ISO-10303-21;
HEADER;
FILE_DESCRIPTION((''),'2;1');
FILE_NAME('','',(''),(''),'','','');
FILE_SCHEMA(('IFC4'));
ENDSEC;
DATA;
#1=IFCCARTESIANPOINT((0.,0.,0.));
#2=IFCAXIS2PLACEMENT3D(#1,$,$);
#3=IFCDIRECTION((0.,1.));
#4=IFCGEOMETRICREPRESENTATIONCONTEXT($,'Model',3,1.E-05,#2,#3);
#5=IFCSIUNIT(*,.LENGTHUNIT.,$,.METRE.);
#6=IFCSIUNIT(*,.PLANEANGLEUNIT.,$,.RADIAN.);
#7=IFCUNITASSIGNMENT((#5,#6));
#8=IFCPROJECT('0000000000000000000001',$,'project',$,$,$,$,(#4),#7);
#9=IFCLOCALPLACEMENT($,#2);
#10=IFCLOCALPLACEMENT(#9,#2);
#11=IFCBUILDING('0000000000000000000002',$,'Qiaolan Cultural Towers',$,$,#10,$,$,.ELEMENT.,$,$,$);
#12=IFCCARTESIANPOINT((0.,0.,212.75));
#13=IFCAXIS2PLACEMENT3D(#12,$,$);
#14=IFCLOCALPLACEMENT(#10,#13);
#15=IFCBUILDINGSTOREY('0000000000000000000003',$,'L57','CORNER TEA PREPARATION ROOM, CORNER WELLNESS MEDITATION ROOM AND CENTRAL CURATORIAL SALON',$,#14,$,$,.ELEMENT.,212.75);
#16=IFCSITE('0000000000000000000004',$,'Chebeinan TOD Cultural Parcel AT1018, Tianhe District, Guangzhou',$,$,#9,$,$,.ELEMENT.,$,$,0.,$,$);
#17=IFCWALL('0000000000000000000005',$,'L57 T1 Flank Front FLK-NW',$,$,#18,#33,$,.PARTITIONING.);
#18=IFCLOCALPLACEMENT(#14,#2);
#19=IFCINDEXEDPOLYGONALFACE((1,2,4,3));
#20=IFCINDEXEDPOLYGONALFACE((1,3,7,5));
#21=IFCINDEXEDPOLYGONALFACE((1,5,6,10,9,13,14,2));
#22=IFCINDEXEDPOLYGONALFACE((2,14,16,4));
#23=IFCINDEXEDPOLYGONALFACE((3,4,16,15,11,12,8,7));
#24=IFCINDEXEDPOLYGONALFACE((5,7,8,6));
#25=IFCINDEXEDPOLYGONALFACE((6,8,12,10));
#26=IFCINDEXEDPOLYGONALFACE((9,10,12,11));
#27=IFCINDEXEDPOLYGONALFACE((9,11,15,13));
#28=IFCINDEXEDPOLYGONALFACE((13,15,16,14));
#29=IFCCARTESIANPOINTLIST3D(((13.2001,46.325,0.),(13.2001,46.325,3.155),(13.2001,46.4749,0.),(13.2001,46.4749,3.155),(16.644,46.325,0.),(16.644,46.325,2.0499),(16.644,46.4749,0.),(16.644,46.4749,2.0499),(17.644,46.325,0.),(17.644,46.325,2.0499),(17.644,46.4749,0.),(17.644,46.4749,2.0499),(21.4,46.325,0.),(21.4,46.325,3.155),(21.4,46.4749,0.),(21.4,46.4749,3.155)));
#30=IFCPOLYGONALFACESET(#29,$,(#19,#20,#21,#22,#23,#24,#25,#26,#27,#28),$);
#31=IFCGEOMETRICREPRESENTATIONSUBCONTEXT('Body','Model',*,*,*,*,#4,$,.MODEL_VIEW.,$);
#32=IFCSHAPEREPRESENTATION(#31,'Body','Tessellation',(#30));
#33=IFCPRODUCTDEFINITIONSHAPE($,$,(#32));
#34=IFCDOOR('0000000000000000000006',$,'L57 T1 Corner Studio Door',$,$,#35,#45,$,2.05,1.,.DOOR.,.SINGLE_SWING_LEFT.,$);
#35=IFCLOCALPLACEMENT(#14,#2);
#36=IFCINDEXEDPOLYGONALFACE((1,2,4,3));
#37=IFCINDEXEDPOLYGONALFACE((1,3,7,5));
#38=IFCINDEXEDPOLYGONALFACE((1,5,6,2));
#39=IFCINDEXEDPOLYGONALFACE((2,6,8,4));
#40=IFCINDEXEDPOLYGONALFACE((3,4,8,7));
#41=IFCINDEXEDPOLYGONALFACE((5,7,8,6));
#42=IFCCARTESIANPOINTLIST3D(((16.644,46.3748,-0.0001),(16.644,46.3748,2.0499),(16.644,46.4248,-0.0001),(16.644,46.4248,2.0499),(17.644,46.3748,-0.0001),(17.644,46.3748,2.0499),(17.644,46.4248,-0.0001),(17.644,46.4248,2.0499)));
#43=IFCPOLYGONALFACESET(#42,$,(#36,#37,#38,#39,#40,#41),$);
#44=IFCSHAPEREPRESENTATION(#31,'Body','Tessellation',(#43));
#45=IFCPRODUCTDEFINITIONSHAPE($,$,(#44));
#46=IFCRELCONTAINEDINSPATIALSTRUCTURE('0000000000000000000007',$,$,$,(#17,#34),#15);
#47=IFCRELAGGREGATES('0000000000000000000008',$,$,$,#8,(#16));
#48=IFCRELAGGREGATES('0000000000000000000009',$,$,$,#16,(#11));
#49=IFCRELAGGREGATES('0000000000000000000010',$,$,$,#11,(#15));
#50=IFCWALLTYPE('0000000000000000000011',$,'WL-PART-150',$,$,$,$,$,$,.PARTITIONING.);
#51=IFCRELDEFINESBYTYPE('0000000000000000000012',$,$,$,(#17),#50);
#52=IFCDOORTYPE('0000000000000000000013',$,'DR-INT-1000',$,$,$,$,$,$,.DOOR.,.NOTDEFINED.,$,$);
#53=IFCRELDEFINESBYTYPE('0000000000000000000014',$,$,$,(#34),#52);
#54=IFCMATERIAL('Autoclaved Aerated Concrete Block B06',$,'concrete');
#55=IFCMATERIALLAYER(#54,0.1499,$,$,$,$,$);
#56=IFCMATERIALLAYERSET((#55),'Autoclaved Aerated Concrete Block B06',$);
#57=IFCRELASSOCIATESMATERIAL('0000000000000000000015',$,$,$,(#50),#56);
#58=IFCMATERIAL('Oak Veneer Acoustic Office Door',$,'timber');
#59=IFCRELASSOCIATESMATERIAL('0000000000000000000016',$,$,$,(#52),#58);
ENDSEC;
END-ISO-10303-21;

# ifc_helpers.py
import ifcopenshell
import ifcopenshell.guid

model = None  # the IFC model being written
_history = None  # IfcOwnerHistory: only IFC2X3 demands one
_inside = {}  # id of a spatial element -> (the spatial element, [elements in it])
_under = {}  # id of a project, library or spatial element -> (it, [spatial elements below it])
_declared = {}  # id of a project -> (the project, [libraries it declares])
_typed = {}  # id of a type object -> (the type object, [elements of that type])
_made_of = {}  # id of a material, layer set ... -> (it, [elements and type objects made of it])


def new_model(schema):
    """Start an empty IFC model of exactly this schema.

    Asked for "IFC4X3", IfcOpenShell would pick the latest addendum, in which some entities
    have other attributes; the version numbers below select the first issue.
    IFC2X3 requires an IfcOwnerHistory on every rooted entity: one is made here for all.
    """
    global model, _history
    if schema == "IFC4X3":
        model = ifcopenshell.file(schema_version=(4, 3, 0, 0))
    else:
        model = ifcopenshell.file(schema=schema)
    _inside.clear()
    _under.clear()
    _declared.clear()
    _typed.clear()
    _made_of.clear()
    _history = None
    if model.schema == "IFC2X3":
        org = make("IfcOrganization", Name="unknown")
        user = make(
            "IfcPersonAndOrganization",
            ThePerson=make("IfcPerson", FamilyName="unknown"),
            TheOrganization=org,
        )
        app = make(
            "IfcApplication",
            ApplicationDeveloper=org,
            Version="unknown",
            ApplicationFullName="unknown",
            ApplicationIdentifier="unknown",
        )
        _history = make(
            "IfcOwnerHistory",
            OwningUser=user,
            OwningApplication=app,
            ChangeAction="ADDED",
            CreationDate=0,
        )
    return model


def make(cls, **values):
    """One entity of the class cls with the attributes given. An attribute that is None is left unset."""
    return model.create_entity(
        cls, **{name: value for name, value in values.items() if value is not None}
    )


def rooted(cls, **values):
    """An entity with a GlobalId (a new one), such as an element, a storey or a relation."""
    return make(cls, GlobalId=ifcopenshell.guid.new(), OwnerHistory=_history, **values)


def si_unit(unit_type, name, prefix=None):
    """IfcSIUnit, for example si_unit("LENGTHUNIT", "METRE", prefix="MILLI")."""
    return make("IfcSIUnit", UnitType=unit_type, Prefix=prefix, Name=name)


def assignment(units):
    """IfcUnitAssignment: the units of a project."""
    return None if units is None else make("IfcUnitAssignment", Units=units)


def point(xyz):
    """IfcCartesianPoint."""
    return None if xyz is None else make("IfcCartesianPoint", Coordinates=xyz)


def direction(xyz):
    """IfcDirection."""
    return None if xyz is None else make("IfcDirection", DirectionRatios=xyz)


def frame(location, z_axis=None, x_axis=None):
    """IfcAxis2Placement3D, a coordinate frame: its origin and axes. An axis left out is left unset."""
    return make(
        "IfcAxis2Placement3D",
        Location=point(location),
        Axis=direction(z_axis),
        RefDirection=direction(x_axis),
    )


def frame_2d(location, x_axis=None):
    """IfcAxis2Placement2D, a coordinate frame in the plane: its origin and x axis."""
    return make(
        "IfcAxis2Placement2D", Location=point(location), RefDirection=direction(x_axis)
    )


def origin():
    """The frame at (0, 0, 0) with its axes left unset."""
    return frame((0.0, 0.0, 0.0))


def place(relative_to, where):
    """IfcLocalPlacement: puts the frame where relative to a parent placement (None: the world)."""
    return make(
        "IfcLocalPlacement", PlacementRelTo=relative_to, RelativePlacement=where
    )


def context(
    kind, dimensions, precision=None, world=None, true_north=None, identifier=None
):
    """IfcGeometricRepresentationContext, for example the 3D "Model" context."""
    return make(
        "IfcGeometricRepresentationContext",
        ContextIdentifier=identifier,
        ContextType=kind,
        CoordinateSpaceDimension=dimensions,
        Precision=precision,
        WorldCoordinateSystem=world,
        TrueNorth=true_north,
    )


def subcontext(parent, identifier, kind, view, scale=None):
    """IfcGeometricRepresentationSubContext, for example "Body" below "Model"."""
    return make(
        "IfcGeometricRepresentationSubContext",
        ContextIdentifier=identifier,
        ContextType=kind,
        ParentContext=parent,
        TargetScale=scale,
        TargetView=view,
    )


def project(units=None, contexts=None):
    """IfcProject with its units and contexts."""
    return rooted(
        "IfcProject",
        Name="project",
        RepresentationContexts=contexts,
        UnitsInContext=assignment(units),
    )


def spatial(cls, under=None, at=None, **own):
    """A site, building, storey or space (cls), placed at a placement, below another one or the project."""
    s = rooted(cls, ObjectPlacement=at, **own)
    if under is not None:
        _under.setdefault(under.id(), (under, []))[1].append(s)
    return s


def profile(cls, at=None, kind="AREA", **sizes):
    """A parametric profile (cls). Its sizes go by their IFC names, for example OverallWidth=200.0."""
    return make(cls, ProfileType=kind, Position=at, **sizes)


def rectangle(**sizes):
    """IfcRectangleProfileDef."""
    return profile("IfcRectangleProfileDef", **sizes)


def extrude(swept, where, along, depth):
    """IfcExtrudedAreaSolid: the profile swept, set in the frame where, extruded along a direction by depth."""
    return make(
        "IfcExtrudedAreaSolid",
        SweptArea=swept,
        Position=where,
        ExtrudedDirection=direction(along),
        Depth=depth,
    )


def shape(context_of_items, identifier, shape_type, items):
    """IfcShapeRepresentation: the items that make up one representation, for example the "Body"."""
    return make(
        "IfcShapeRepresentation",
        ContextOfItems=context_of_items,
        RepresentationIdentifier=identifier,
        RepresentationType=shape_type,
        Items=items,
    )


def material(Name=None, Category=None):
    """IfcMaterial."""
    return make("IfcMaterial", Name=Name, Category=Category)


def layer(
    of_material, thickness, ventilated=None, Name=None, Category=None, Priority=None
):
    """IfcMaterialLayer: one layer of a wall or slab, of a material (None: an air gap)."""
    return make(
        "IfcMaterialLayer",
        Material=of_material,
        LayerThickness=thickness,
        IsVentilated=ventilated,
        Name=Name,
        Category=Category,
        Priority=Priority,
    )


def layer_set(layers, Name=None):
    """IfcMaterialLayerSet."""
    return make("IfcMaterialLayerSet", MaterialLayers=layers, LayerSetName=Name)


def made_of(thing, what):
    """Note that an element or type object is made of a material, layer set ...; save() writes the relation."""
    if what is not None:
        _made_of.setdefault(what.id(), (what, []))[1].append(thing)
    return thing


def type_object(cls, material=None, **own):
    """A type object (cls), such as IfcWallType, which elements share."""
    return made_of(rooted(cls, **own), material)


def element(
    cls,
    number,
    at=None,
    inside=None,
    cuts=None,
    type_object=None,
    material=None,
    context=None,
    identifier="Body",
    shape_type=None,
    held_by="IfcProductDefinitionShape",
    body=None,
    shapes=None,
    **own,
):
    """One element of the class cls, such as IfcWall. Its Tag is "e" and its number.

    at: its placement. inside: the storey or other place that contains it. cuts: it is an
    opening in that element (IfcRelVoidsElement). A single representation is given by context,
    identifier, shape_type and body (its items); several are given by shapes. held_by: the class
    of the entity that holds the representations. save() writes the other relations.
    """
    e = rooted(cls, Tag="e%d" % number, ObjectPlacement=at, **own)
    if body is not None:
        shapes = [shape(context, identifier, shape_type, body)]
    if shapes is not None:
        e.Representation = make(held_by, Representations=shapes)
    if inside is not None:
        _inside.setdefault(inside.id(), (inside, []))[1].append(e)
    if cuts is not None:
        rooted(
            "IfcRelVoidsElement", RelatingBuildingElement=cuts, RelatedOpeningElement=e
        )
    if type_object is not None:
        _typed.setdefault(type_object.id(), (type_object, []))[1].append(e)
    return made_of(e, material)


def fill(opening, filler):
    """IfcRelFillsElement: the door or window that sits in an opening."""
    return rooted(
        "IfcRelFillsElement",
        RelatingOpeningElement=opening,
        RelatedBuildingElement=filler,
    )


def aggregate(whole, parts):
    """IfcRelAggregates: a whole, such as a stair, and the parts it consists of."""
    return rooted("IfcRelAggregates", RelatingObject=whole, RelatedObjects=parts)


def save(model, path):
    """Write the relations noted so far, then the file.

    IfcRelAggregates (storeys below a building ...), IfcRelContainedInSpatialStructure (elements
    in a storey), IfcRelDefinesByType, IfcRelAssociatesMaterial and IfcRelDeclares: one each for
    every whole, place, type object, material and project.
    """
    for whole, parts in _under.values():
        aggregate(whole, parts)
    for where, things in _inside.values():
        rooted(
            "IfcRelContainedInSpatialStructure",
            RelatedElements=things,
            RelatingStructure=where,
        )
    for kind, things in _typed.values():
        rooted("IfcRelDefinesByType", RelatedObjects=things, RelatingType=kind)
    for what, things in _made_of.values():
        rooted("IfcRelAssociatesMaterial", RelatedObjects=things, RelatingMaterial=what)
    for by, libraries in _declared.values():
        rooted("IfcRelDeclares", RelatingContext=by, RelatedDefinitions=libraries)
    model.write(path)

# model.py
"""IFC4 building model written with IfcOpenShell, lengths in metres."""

from ifc_helpers import new_model, si_unit, direction, frame, frame_2d, origin, place, context, subcontext, project, spatial, rectangle, extrude, material, layer, layer_set, type_object, element, fill, save


model = new_model("IFC4")

# Units and contexts
model_context = context("Model", 3, precision=1e-05, world=origin(), true_north=direction((0.0, 1.0)))
body_context = subcontext(model_context, "Body", "Model", "MODEL_VIEW")
ifc_project = project(units=[si_unit("LENGTHUNIT", "METRE"), si_unit("PLANEANGLEUNIT", "RADIAN")], contexts=[model_context])

# Site, building, storey
site_placement = place(None, origin())
site = spatial("IfcSite", under=ifc_project, at=site_placement, Name="Chebeinan TOD Cultural Parcel AT1018, Tianhe District, Guangzhou", CompositionType="ELEMENT", RefElevation=0.0)
building_placement = place(site_placement, origin())
building = spatial("IfcBuilding", under=site, at=building_placement, Name="Qiaolan Cultural Towers", CompositionType="ELEMENT")
storey_placement = place(building_placement, frame((0.0, 0.0, 212.75)))
storey = spatial("IfcBuildingStorey", under=building, at=storey_placement, Name="L57", Description="CORNER TEA PREPARATION ROOM, CORNER WELLNESS MEDITATION ROOM AND CENTRAL CURATORIAL SALON", CompositionType="ELEMENT", Elevation=212.75)

# Wall, opening, door
ifc_material_1 = material(Name="Autoclaved Aerated Concrete Block B06", Category="concrete")
ifc_layer_1 = layer(ifc_material_1, 0.1499)
ifc_layer_set_1 = layer_set([ifc_layer_1], Name="Autoclaved Aerated Concrete Block B06")
wall_type_1 = type_object("IfcWallType", Name="WL-PART-150", PredefinedType="PARTITIONING", material=ifc_layer_set_1)
wall_1_placement = place(storey_placement, frame((13.2, 46.3999, 0.0), z_axis=(0.0, 0.0, 1.0), x_axis=(1.0, 0.0, 0.0)))
wall_1 = element("IfcWall", 1, at=wall_1_placement, inside=storey, type_object=wall_type_1, Name="L57 T1 Flank Front FLK-NW", PredefinedType="PARTITIONING", context=body_context, shape_type="SweptSolid", body=[
    extrude(rectangle(XDim=8.2, YDim=0.1499, at=frame_2d((4.1001, 0.0))), origin(), (0.0, 0.0, 1.0), 3.155),
])
opening_placement = place(wall_1_placement, frame((3.4441, 0.0, 0.0)))
opening = element("IfcOpeningElement", 2, at=opening_placement, cuts=wall_1, PredefinedType="OPENING", context=body_context, shape_type="SweptSolid", body=[
    extrude(rectangle(XDim=1.0, YDim=2.05, at=frame_2d((0.5, 1.0249))), frame((0.0, 0.085, 0.0), z_axis=(0.0, -1.0, 0.0), x_axis=(1.0, 0.0, 0.0)), (0.0, 0.0, 1.0), 0.1699),
])
ifc_material_2 = material(Name="Oak Veneer Acoustic Office Door", Category="timber")
door_type = type_object("IfcDoorType", Name="DR-INT-1000", OperationType="NOTDEFINED", PredefinedType="DOOR", material=ifc_material_2)
door_placement = place(opening_placement, origin())
door = element("IfcDoor", 3, at=door_placement, inside=storey, type_object=door_type, Name="L57 T1 Corner Studio Door", OperationType="SINGLE_SWING_LEFT", OverallHeight=2.05, OverallWidth=1.0, PredefinedType="DOOR", context=body_context, shape_type="SweptSolid", body=[
    extrude(rectangle(XDim=1.0, YDim=2.05, at=frame_2d((0.5, 1.0249))), frame((0.0, 0.0249, 0.0), z_axis=(0.0, -1.0, 0.0), x_axis=(1.0, 0.0, 0.0)), (0.0, 0.0, 1.0), 0.05),
])
fill(opening, door)

save(model, "model.ifc")
